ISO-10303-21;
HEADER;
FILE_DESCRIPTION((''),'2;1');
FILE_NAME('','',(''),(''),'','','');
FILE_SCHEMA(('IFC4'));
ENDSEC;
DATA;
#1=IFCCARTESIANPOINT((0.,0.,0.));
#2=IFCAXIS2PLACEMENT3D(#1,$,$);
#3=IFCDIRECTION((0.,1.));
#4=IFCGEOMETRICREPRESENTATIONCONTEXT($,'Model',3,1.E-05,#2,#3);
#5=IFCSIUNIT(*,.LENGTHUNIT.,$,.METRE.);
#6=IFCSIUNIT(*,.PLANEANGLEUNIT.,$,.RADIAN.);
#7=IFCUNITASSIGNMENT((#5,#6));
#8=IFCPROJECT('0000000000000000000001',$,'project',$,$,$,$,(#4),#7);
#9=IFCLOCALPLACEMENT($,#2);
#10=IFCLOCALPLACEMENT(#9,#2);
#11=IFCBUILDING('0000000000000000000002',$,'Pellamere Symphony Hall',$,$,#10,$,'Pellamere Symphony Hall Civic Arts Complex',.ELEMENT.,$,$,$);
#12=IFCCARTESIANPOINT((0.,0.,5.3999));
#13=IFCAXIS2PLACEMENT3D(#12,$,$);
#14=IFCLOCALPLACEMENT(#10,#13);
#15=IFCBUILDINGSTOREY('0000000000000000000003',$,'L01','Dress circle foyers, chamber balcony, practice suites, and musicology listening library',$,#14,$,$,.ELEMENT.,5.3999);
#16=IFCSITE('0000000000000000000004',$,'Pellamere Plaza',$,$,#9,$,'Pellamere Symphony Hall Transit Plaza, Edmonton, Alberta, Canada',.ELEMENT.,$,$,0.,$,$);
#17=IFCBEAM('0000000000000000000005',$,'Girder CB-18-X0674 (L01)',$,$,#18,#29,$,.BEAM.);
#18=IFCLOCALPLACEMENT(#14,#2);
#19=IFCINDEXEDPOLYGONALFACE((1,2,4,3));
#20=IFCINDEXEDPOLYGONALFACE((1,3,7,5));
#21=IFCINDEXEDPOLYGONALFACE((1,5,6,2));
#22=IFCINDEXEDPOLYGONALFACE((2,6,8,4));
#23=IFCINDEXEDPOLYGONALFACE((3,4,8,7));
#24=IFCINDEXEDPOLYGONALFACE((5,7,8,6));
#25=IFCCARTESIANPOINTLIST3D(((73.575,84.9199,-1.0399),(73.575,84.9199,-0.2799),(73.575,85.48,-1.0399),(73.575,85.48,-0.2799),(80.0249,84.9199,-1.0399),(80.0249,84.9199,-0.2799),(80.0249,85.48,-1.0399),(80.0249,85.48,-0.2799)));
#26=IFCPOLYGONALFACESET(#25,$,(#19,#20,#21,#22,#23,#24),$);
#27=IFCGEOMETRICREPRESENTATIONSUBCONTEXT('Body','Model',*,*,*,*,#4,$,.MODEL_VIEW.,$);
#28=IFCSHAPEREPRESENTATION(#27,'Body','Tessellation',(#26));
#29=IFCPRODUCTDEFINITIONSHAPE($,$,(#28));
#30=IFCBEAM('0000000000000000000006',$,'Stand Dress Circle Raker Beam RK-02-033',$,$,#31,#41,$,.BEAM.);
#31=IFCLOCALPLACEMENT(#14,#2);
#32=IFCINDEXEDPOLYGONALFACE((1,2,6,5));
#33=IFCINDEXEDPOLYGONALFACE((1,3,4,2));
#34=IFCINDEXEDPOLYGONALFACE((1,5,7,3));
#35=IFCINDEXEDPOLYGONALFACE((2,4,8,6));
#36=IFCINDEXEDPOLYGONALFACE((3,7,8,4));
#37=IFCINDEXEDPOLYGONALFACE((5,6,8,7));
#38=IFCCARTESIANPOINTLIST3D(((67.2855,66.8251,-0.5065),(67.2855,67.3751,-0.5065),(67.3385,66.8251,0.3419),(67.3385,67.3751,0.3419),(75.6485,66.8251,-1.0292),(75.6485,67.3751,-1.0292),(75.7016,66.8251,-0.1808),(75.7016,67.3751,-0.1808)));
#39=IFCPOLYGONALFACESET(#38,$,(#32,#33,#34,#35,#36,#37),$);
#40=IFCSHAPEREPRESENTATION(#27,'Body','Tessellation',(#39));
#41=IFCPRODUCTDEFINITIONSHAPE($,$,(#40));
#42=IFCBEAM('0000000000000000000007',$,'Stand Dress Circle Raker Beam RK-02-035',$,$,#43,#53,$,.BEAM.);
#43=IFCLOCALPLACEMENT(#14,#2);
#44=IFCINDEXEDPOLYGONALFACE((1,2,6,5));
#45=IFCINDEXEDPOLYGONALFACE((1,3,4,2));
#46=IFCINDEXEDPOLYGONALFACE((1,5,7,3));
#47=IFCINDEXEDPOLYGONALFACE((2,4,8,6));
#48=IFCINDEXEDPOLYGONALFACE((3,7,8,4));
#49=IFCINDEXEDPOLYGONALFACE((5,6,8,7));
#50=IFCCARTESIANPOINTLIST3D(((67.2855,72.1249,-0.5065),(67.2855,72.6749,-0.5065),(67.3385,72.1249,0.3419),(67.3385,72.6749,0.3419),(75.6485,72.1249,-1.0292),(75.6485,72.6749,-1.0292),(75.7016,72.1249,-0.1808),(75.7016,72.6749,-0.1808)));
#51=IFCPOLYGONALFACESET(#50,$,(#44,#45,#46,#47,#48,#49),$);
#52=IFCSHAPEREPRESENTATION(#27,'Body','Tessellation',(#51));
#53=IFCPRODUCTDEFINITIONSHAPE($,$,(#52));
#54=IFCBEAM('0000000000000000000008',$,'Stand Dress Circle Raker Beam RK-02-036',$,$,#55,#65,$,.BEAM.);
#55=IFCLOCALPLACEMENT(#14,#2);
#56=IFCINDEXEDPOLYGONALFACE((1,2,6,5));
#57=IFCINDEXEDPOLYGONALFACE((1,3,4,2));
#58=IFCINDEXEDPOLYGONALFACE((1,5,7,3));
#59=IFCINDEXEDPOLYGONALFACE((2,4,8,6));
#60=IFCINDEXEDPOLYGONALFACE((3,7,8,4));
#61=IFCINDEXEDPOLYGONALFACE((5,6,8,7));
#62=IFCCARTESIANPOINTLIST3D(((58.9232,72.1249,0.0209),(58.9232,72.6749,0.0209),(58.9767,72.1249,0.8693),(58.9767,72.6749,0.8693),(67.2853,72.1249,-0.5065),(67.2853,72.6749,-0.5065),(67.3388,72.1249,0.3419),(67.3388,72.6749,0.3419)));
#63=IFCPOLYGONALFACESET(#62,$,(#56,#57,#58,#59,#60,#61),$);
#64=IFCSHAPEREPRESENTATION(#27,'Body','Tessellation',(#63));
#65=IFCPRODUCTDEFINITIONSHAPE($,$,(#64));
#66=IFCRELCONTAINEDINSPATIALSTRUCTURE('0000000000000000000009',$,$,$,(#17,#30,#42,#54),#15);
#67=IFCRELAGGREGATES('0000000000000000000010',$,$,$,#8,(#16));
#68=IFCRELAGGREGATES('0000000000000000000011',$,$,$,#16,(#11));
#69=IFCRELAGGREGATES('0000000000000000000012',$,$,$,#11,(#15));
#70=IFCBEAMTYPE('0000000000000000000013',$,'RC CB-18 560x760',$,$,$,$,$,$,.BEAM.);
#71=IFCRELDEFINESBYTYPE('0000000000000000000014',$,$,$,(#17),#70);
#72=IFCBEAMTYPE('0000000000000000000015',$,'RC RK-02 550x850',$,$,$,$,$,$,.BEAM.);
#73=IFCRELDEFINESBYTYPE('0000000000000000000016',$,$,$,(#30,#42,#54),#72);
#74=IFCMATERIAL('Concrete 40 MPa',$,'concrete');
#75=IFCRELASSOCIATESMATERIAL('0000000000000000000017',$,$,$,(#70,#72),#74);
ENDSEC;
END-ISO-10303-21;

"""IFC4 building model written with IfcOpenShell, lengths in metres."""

from ifc_helpers import new_model, si_unit, direction, frame, origin, origin_2d, place, context, subcontext, project, spatial, rectangle, extrude, material, material_profile, profile_set, type_object, element, save


model = new_model("IFC4")

# Units and contexts
model_context = context("Model", 3, precision=1e-05, world=origin(), true_north=direction((0.0, 1.0)))
body_context = subcontext(model_context, "Body", "Model", "MODEL_VIEW")
ifc_project = project(units=[si_unit("LENGTHUNIT", "METRE"), si_unit("PLANEANGLEUNIT", "RADIAN")], contexts=[model_context])

# Site, building, storey
site_placement = place(None, origin())
site = spatial("IfcSite", under=ifc_project, at=site_placement, Name="Pellamere Plaza", LongName="Pellamere Symphony Hall Transit Plaza, Edmonton, Alberta, Canada", CompositionType="ELEMENT", RefElevation=0.0)
building_placement = place(site_placement, origin())
building = spatial("IfcBuilding", under=site, at=building_placement, Name="Pellamere Symphony Hall", LongName="Pellamere Symphony Hall Civic Arts Complex", CompositionType="ELEMENT")
storey_placement = place(building_placement, frame((0.0, 0.0, 5.3999)))
storey = spatial("IfcBuildingStorey", under=building, at=storey_placement, Name="L01", Description="Dress circle foyers, chamber balcony, practice suites, and musicology listening library", CompositionType="ELEMENT", Elevation=5.3999)

# Shared definitions
ifc_material_1 = material(Name="Concrete 40 MPa", Category="concrete")

# Beams
ifc_material_profile_1 = material_profile(ifc_material_1, rectangle(XDim=0.5601, YDim=0.76, at=origin_2d()), Name="RC 560x760")
ifc_profile_set_1 = profile_set([ifc_material_profile_1], Name="Concrete 40 MPa")
beam_type_1 = type_object("IfcBeamType", Name="RC CB-18 560x760", PredefinedType="BEAM", material=ifc_profile_set_1)
for number, where, z_axis, x_axis, name in (
    (1, (73.575, 85.2, -0.6599), (1.0, 0.0, 0.0), (0.0, 1.0, 0.0), "Girder CB-18-X0674 (L01)"),
):
    element("IfcBeam", number, at=place(storey_placement, frame(where, z_axis=z_axis, x_axis=x_axis)), inside=storey, type_object=beam_type_1, Name=name, PredefinedType="BEAM", context=body_context, shape_type="SweptSolid", body=[
        extrude(rectangle(XDim=0.5601, YDim=0.76, at=origin_2d()), origin(), (0.0, 0.0, 1.0), 6.45),
    ])
ifc_material_profile_2 = material_profile(ifc_material_1, rectangle(XDim=0.55, YDim=0.8501, at=origin_2d()), Name="RC 550x850")
ifc_profile_set_2 = profile_set([ifc_material_profile_2], Name="Concrete 40 MPa")
beam_type_2 = type_object("IfcBeamType", Name="RC RK-02 550x850", PredefinedType="BEAM", material=ifc_profile_set_2)
for number, where, z_axis, x_axis, name in (
    (2, (75.675, 67.1001, -0.605), (-0.998052, 0.0, 0.06238), (0.0, -1.0, 0.0), "Stand Dress Circle Raker Beam RK-02-033"),
    (3, (75.675, 72.3999, -0.605), (-0.998052, 0.0, 0.06238), (0.0, -1.0, 0.0), "Stand Dress Circle Raker Beam RK-02-035"),
):
    element("IfcBeam", number, at=place(storey_placement, frame(where, z_axis=z_axis, x_axis=x_axis)), inside=storey, type_object=beam_type_2, Name=name, PredefinedType="BEAM", context=body_context, shape_type="SweptSolid", body=[
        extrude(rectangle(XDim=0.55, YDim=0.8501, at=origin_2d()), origin(), (0.0, 0.0, 1.0), 8.3794),
    ])
beam_placement = place(storey_placement, frame((67.312, 72.3999, -0.0823), z_axis=(-0.998017, 0.0, 0.062939), x_axis=(0.0, -1.0, 0.0)))
element("IfcBeam", 4, at=beam_placement, inside=storey, type_object=beam_type_2, Name="Stand Dress Circle Raker Beam RK-02-036", PredefinedType="BEAM", context=body_context, shape_type="SweptSolid", body=[
    extrude(rectangle(XDim=0.55, YDim=0.8501, at=origin_2d()), origin(), (0.0, 0.0, 1.0), 8.3787),
])

save(model, "model.ifc")
